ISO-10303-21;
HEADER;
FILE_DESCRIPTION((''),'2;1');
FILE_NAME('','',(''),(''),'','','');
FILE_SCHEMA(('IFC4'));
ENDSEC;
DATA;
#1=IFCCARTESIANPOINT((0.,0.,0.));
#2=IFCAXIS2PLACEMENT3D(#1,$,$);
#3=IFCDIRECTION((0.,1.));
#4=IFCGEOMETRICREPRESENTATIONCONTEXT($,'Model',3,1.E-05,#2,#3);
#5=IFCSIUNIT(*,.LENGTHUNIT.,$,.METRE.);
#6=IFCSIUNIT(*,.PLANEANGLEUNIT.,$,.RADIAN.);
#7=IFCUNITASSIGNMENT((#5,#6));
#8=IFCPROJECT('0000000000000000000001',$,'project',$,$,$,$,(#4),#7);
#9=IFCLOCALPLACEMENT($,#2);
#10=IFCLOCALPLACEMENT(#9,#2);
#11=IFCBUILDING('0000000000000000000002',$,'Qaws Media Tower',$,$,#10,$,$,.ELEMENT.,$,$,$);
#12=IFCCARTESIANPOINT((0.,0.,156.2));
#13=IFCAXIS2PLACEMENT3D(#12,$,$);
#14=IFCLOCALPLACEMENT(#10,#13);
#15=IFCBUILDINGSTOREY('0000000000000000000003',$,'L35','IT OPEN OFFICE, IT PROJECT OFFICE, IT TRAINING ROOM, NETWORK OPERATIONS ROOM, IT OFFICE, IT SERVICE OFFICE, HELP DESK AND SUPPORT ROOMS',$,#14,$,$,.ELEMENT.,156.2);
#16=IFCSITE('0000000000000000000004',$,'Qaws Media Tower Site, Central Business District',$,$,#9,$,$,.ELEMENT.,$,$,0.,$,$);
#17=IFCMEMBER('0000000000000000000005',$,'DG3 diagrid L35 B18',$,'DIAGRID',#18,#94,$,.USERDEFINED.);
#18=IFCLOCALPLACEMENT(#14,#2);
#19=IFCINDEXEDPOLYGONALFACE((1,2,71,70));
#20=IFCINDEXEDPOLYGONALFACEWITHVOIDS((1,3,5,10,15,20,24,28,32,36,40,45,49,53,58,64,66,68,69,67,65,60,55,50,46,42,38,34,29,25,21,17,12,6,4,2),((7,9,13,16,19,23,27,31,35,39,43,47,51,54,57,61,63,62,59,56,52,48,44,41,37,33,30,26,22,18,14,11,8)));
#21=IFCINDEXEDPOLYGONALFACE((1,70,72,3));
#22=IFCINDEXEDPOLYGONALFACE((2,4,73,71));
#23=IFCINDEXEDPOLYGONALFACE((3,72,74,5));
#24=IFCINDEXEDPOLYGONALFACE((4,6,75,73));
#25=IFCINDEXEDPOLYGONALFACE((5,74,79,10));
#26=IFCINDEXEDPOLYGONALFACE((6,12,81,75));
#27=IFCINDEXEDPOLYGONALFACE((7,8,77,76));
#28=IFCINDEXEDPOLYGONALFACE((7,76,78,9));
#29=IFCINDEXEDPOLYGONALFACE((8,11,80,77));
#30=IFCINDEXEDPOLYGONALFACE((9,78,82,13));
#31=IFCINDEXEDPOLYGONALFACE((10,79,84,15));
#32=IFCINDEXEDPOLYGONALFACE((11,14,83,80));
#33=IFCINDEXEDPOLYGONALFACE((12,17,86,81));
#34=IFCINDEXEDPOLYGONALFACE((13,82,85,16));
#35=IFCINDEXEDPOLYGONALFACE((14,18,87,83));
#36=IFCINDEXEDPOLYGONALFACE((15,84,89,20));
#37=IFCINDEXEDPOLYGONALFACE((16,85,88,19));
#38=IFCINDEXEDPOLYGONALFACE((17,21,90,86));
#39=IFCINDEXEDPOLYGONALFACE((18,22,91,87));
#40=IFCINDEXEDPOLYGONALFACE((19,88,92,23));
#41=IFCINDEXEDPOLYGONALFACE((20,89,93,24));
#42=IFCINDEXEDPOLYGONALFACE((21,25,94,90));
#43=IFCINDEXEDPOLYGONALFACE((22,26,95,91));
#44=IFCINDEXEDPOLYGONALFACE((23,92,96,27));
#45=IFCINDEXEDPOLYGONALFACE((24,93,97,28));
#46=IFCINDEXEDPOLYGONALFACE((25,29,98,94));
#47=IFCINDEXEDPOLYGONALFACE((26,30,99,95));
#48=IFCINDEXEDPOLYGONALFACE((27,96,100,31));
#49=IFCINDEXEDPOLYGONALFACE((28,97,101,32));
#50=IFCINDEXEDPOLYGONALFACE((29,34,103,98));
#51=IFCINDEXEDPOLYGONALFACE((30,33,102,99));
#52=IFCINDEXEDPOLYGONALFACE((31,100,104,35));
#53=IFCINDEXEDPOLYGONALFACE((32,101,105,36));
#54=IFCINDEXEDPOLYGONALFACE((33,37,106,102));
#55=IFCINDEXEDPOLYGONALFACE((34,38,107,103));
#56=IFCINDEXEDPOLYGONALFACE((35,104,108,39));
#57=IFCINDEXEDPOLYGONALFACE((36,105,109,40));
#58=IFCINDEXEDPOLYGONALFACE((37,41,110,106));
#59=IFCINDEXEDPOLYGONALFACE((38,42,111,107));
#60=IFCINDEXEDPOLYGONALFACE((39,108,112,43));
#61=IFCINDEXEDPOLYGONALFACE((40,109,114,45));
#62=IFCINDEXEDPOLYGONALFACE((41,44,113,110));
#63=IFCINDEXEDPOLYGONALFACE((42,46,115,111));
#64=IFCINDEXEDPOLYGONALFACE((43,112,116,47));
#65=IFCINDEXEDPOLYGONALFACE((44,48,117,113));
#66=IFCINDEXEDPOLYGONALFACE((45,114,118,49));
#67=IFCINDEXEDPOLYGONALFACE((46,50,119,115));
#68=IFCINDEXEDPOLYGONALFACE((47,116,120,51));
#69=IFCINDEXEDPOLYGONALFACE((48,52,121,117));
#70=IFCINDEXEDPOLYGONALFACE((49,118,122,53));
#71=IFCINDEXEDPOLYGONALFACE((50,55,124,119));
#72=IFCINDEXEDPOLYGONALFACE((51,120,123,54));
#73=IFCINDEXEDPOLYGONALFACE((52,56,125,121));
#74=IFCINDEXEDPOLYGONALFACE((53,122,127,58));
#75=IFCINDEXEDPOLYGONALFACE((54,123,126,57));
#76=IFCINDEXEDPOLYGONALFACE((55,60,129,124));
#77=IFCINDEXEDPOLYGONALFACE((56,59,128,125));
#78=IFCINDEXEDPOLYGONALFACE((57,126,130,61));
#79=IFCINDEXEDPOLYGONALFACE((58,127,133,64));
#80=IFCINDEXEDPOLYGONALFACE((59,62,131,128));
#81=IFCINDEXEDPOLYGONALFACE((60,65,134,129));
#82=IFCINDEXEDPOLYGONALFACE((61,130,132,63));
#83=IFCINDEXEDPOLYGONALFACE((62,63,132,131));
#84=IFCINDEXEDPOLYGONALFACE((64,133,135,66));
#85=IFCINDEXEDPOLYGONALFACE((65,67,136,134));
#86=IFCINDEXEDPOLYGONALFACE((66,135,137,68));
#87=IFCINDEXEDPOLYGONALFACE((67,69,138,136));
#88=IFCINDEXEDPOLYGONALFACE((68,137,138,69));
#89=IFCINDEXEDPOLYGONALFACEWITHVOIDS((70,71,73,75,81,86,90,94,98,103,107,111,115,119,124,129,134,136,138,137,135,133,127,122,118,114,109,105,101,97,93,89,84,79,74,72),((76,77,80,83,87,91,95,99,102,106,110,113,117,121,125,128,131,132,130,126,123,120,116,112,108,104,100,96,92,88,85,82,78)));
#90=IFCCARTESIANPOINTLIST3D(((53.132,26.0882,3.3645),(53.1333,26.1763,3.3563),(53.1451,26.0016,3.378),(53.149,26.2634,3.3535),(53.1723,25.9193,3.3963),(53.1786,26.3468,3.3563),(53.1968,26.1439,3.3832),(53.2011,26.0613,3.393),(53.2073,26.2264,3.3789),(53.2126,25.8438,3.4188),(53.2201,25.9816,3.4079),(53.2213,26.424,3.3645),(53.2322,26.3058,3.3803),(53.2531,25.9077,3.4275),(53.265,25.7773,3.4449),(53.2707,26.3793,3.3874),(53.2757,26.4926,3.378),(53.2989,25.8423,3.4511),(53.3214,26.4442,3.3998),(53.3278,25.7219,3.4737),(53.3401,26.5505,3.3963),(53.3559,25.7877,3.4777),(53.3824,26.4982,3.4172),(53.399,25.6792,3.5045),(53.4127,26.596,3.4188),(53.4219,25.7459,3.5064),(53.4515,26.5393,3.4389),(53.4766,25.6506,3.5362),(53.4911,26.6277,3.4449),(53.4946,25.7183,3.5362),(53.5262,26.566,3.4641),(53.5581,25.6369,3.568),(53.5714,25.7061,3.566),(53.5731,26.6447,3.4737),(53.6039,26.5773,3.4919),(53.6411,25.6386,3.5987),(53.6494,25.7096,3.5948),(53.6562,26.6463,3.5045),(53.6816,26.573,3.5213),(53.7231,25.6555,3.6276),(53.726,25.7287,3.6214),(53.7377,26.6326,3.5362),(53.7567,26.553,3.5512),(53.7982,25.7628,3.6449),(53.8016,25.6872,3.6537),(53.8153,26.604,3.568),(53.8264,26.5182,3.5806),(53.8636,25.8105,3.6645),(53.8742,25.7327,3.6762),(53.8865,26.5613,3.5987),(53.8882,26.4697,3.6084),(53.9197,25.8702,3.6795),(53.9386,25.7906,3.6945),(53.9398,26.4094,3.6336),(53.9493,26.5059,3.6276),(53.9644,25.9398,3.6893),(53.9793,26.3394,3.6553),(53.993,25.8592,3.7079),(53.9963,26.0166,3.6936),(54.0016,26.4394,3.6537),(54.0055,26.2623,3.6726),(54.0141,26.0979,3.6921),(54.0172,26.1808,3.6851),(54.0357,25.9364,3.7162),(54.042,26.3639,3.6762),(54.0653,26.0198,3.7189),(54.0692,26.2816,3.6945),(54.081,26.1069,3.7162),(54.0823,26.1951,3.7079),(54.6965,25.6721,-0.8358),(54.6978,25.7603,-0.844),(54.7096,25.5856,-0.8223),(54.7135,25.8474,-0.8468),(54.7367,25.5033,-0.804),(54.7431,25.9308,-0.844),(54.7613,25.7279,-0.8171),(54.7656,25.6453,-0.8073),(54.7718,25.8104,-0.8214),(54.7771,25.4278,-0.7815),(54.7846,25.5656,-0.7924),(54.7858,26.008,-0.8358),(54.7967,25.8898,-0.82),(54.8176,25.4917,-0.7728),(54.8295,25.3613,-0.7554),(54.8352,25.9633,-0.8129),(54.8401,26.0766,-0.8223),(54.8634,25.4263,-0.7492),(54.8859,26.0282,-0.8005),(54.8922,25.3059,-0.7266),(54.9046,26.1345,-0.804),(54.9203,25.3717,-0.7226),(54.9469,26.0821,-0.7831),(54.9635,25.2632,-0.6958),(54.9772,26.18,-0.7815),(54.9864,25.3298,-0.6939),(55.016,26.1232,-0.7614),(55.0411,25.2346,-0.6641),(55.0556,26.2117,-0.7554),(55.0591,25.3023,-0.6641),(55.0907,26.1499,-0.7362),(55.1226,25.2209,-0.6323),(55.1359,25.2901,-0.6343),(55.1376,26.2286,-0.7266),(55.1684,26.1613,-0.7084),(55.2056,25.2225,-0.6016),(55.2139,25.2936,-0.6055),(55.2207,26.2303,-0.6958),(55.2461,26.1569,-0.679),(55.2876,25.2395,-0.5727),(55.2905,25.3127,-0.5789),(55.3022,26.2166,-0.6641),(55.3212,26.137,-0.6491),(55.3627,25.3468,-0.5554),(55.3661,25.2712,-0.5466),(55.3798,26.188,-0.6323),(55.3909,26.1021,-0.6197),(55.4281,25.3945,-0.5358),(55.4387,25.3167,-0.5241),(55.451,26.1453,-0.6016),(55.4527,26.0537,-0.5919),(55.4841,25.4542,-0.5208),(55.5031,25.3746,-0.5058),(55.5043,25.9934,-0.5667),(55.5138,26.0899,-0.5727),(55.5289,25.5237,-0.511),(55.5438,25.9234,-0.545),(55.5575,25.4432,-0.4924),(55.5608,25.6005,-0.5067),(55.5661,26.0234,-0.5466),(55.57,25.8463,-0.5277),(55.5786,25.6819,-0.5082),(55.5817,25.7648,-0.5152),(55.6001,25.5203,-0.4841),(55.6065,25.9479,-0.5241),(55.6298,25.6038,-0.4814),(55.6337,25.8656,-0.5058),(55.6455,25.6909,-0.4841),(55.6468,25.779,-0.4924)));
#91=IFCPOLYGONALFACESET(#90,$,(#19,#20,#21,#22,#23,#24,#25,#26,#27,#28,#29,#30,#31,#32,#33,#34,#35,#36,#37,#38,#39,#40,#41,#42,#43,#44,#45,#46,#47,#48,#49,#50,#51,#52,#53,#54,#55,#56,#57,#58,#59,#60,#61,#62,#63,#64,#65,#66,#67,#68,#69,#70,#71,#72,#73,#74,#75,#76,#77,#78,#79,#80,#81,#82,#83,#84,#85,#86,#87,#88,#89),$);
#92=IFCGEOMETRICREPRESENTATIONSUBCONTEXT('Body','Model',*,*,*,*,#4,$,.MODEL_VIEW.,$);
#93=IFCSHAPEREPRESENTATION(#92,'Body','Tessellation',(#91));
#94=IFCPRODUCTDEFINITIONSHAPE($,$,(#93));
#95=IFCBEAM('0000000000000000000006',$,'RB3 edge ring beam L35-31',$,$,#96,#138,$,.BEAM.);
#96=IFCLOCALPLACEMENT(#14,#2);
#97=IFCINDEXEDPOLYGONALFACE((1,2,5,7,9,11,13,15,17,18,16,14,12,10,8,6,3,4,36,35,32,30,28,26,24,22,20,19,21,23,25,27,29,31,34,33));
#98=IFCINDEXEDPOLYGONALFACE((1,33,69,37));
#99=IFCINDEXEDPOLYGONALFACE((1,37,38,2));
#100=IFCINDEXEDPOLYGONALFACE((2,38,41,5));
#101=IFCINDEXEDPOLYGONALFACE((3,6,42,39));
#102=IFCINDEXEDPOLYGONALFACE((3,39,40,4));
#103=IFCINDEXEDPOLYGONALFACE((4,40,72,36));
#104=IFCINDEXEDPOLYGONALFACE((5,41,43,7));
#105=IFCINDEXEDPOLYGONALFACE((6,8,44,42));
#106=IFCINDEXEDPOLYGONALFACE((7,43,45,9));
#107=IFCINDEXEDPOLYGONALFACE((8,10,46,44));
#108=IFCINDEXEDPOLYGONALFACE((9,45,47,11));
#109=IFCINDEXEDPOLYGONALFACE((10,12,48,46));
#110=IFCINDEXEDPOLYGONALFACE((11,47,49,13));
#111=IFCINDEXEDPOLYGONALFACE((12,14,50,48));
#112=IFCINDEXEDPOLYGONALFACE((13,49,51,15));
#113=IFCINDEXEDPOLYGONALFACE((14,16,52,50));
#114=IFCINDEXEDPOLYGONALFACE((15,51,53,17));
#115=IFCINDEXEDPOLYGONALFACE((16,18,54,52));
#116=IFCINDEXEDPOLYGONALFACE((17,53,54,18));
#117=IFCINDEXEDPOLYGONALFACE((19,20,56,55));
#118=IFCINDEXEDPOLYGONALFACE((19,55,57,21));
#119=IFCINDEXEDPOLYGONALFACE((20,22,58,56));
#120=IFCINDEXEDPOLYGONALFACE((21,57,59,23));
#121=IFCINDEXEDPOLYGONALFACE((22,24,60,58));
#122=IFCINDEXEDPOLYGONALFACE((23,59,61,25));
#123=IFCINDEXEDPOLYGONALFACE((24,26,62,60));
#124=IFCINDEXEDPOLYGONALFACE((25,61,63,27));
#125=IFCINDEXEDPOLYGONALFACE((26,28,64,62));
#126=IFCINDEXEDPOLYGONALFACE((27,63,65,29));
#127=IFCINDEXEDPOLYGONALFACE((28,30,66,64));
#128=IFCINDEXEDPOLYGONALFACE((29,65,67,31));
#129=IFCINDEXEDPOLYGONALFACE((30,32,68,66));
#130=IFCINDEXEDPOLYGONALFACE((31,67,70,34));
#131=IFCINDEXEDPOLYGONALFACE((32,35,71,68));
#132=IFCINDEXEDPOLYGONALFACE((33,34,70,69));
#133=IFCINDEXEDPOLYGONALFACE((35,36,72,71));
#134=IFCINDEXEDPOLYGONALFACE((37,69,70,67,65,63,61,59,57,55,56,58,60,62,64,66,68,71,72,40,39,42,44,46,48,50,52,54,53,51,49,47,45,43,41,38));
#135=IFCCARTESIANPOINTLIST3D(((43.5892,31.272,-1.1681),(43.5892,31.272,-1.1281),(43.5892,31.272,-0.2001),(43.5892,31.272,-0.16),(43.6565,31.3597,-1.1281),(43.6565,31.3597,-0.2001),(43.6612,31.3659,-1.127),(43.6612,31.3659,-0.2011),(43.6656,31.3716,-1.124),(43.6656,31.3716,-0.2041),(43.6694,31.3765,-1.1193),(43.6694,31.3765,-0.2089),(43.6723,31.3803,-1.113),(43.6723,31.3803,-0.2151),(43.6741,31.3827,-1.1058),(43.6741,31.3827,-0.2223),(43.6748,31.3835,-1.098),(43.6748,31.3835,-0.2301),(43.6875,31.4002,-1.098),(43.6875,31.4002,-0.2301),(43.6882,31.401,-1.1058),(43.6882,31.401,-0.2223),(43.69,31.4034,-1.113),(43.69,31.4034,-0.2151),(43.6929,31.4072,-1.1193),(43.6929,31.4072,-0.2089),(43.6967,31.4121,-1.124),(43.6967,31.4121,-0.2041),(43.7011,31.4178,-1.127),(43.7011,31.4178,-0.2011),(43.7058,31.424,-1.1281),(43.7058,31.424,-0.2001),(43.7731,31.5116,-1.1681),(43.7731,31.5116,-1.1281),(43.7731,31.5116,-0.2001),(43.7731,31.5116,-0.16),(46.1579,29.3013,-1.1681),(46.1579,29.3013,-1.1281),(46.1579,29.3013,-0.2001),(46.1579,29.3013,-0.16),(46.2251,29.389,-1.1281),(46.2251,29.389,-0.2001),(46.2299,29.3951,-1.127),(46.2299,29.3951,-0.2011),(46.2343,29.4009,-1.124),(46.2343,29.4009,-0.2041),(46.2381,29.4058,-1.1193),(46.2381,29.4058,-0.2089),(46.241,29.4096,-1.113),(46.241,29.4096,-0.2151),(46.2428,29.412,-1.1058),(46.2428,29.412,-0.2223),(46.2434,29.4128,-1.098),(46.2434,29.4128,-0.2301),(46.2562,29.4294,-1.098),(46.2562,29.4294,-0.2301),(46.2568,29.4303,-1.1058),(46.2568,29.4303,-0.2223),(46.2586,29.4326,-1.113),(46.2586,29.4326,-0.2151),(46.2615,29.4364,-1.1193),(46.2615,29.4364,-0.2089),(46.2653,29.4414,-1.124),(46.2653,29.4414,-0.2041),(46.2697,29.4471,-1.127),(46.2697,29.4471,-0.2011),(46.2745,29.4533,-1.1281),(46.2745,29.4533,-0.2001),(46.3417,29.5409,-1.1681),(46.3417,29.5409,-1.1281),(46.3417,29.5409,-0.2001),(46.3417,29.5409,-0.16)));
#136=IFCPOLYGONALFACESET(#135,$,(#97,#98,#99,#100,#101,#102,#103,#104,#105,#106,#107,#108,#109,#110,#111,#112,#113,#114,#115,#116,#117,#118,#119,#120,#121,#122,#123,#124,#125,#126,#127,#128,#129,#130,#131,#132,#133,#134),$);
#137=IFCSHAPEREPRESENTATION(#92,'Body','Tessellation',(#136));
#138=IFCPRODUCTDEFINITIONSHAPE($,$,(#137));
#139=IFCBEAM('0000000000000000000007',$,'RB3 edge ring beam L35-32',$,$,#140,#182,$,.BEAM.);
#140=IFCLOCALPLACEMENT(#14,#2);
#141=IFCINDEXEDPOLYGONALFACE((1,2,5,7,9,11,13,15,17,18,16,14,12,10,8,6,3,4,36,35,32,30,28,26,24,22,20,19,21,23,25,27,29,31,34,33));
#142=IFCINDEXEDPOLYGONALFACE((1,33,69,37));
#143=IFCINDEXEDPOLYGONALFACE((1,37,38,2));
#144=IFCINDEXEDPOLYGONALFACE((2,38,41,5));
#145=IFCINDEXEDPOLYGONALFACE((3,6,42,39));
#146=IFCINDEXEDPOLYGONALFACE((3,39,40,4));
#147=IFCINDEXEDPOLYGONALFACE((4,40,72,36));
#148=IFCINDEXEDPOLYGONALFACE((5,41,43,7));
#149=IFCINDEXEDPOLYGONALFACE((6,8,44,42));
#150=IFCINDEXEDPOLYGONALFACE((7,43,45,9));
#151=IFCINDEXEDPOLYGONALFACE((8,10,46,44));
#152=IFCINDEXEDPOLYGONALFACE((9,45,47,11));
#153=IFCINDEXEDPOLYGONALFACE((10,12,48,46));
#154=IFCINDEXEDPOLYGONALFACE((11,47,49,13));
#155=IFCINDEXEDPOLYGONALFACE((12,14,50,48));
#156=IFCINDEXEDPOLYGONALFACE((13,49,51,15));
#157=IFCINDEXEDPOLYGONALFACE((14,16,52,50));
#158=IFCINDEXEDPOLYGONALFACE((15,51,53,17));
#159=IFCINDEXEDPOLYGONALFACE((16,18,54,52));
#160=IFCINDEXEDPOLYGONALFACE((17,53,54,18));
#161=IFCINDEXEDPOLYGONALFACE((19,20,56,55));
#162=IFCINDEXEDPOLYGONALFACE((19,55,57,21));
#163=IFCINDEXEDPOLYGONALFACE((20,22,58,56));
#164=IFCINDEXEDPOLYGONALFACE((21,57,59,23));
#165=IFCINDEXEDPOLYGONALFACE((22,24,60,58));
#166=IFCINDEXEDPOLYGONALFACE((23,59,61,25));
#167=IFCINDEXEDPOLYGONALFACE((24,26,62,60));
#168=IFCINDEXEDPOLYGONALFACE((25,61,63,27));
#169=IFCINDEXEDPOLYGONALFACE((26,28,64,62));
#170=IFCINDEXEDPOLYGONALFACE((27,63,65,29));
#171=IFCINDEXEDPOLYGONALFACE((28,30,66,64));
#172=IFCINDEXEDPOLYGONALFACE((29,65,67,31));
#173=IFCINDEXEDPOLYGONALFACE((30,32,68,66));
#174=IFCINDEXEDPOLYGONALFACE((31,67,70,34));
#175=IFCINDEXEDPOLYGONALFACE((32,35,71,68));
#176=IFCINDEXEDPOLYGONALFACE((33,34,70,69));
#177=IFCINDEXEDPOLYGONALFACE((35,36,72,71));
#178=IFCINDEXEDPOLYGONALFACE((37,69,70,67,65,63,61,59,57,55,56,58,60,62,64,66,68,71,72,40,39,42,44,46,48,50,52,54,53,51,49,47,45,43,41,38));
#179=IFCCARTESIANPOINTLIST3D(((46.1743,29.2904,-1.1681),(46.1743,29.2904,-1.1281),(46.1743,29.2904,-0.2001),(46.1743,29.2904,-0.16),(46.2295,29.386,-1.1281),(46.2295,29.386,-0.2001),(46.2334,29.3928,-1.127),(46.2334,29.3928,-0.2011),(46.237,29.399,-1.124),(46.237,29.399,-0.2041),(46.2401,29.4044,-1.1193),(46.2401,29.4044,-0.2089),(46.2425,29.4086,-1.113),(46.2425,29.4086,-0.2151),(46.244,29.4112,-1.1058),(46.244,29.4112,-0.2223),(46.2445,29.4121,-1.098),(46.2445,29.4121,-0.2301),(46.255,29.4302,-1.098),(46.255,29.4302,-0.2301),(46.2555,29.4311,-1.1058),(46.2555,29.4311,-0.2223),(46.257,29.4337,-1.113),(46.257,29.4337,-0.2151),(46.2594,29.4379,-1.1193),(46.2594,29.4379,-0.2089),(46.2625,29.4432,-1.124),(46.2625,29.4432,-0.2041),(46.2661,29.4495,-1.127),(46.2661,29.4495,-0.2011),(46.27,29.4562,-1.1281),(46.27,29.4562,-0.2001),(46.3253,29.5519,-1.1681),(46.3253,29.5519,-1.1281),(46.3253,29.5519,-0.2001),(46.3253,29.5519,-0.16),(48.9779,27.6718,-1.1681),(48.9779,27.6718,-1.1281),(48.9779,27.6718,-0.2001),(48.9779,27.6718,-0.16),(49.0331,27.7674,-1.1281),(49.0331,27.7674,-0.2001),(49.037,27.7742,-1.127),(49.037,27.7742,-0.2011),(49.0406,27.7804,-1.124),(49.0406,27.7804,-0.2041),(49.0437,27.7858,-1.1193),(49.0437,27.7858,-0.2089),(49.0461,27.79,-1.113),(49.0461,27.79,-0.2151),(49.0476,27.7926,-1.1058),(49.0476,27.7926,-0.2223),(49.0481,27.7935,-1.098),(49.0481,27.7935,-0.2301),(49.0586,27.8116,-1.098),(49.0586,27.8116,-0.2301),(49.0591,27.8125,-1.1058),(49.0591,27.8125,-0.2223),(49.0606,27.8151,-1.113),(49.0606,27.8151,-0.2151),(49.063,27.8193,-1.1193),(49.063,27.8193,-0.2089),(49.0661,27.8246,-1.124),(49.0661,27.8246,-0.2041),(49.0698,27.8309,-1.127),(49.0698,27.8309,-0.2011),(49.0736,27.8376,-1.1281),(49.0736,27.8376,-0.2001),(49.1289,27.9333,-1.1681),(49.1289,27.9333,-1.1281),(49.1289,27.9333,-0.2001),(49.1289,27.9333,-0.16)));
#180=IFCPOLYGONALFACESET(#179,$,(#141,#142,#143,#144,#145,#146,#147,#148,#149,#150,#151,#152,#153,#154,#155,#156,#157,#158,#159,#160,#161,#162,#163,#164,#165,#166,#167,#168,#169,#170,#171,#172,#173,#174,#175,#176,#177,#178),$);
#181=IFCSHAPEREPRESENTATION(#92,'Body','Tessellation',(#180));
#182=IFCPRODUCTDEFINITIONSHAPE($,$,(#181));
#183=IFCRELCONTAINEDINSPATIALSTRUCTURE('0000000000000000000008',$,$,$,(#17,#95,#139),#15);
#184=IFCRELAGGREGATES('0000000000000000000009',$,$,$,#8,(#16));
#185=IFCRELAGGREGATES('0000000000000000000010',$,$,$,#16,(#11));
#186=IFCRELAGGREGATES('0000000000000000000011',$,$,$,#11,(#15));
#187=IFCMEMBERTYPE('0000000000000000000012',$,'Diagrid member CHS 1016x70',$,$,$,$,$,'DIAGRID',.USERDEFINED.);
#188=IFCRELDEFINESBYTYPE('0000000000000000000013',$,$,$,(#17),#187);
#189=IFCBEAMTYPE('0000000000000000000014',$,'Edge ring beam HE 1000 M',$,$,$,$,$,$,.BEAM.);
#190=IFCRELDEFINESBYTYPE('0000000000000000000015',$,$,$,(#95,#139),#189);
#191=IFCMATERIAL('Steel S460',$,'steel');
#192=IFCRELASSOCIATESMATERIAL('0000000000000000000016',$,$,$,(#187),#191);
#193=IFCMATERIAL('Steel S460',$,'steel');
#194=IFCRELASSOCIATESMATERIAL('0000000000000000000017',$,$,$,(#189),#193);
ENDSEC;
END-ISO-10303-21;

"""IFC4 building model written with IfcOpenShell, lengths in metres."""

from ifc_helpers import new_model, si_unit, direction, frame, origin, origin_2d, place, context, subcontext, project, spatial, hollow_circle, i_section, extrude, material, material_profile, profile_set, type_object, element, save


model = new_model("IFC4")

# Units and contexts
model_context = context("Model", 3, precision=1e-05, world=origin(), true_north=direction((0.0, 1.0)))
body_context = subcontext(model_context, "Body", "Model", "MODEL_VIEW")
ifc_project = project(units=[si_unit("LENGTHUNIT", "METRE"), si_unit("PLANEANGLEUNIT", "RADIAN")], contexts=[model_context])

# Site, building, storey
site_placement = place(None, origin())
site = spatial("IfcSite", under=ifc_project, at=site_placement, Name="Qaws Media Tower Site, Central Business District", CompositionType="ELEMENT", RefElevation=0.0)
building_placement = place(site_placement, origin())
building = spatial("IfcBuilding", under=site, at=building_placement, Name="Qaws Media Tower", CompositionType="ELEMENT")
storey_placement = place(building_placement, frame((0.0, 0.0, 156.2)))
storey = spatial("IfcBuildingStorey", under=building, at=storey_placement, Name="L35", Description="IT OPEN OFFICE, IT PROJECT OFFICE, IT TRAINING ROOM, NETWORK OPERATIONS ROOM, IT OFFICE, IT SERVICE OFFICE, HELP DESK AND SUPPORT ROOMS", CompositionType="ELEMENT", Elevation=156.2)

# Member
ifc_material_1 = material(Name="Steel S460", Category="steel")
ifc_material_profile_1 = material_profile(ifc_material_1, hollow_circle(Radius=0.5081, WallThickness=0.0701, at=origin_2d()), Name="CHS 1016x70")
ifc_profile_set_1 = profile_set([ifc_material_profile_1], Name="Steel S460")
member_type_1 = type_object("IfcMemberType", Name="Diagrid member CHS 1016x70", ElementType="DIAGRID", PredefinedType="USERDEFINED", material=ifc_profile_set_1)
for number, where, z_axis, x_axis, name in (
    (1, (55.1716, 25.7256, -0.6641), (-0.347551, 0.09242, 0.933095), (-0.256987, -0.966415, 0.0), "DG3 diagrid L35 B18"),
):
    element("IfcMember", number, at=place(storey_placement, frame(where, z_axis=z_axis, x_axis=x_axis)), inside=storey, type_object=member_type_1, Name=name, ObjectType="DIAGRID", PredefinedType="USERDEFINED", context=body_context, shape_type="SweptSolid", body=[
        extrude(hollow_circle(Radius=0.5081, WallThickness=0.0701, at=origin_2d()), origin(), (0.0, 0.0, 1.0), 4.5015),
    ])

# Beams
ifc_material_2 = material(Name="Steel S460", Category="steel")
ifc_material_profile_2 = material_profile(ifc_material_2, i_section(OverallWidth=0.302, OverallDepth=1.0081, WebThickness=0.021, FlangeThickness=0.04, FilletRadius=0.03, at=origin_2d()), Name="HE 1000 M")
ifc_profile_set_2 = profile_set([ifc_material_profile_2], Name="Steel S460")
beam_type = type_object("IfcBeamType", Name="Edge ring beam HE 1000 M", PredefinedType="BEAM", material=ifc_profile_set_2)
beam_1_placement = place(storey_placement, frame((43.6812, 31.3918, -0.6641), z_axis=(0.793391, -0.608712, 0.0), x_axis=(0.608712, 0.793391, 0.0)))
element("IfcBeam", 2, at=beam_1_placement, inside=storey, type_object=beam_type, Name="RB3 edge ring beam L35-31", PredefinedType="BEAM", context=body_context, shape_type="SweptSolid", body=[
    extrude(i_section(OverallWidth=0.302, OverallDepth=1.0081, WebThickness=0.021, FlangeThickness=0.04, FilletRadius=0.03, at=origin_2d()), origin(), (0.0, 0.0, 1.0), 3.2375),
])
beam_2_placement = place(storey_placement, frame((46.2498, 29.4211, -0.6641), z_axis=(0.866035, -0.499984, 0.0), x_axis=(0.499984, 0.866035, 0.0)))
element("IfcBeam", 3, at=beam_2_placement, inside=storey, type_object=beam_type, Name="RB3 edge ring beam L35-32", PredefinedType="BEAM", context=body_context, shape_type="SweptSolid", body=[
    extrude(i_section(OverallWidth=0.302, OverallDepth=1.0081, WebThickness=0.021, FlangeThickness=0.04, FilletRadius=0.03, at=origin_2d()), origin(), (0.0, 0.0, 1.0), 3.2373),
])

save(model, "model.ifc")
